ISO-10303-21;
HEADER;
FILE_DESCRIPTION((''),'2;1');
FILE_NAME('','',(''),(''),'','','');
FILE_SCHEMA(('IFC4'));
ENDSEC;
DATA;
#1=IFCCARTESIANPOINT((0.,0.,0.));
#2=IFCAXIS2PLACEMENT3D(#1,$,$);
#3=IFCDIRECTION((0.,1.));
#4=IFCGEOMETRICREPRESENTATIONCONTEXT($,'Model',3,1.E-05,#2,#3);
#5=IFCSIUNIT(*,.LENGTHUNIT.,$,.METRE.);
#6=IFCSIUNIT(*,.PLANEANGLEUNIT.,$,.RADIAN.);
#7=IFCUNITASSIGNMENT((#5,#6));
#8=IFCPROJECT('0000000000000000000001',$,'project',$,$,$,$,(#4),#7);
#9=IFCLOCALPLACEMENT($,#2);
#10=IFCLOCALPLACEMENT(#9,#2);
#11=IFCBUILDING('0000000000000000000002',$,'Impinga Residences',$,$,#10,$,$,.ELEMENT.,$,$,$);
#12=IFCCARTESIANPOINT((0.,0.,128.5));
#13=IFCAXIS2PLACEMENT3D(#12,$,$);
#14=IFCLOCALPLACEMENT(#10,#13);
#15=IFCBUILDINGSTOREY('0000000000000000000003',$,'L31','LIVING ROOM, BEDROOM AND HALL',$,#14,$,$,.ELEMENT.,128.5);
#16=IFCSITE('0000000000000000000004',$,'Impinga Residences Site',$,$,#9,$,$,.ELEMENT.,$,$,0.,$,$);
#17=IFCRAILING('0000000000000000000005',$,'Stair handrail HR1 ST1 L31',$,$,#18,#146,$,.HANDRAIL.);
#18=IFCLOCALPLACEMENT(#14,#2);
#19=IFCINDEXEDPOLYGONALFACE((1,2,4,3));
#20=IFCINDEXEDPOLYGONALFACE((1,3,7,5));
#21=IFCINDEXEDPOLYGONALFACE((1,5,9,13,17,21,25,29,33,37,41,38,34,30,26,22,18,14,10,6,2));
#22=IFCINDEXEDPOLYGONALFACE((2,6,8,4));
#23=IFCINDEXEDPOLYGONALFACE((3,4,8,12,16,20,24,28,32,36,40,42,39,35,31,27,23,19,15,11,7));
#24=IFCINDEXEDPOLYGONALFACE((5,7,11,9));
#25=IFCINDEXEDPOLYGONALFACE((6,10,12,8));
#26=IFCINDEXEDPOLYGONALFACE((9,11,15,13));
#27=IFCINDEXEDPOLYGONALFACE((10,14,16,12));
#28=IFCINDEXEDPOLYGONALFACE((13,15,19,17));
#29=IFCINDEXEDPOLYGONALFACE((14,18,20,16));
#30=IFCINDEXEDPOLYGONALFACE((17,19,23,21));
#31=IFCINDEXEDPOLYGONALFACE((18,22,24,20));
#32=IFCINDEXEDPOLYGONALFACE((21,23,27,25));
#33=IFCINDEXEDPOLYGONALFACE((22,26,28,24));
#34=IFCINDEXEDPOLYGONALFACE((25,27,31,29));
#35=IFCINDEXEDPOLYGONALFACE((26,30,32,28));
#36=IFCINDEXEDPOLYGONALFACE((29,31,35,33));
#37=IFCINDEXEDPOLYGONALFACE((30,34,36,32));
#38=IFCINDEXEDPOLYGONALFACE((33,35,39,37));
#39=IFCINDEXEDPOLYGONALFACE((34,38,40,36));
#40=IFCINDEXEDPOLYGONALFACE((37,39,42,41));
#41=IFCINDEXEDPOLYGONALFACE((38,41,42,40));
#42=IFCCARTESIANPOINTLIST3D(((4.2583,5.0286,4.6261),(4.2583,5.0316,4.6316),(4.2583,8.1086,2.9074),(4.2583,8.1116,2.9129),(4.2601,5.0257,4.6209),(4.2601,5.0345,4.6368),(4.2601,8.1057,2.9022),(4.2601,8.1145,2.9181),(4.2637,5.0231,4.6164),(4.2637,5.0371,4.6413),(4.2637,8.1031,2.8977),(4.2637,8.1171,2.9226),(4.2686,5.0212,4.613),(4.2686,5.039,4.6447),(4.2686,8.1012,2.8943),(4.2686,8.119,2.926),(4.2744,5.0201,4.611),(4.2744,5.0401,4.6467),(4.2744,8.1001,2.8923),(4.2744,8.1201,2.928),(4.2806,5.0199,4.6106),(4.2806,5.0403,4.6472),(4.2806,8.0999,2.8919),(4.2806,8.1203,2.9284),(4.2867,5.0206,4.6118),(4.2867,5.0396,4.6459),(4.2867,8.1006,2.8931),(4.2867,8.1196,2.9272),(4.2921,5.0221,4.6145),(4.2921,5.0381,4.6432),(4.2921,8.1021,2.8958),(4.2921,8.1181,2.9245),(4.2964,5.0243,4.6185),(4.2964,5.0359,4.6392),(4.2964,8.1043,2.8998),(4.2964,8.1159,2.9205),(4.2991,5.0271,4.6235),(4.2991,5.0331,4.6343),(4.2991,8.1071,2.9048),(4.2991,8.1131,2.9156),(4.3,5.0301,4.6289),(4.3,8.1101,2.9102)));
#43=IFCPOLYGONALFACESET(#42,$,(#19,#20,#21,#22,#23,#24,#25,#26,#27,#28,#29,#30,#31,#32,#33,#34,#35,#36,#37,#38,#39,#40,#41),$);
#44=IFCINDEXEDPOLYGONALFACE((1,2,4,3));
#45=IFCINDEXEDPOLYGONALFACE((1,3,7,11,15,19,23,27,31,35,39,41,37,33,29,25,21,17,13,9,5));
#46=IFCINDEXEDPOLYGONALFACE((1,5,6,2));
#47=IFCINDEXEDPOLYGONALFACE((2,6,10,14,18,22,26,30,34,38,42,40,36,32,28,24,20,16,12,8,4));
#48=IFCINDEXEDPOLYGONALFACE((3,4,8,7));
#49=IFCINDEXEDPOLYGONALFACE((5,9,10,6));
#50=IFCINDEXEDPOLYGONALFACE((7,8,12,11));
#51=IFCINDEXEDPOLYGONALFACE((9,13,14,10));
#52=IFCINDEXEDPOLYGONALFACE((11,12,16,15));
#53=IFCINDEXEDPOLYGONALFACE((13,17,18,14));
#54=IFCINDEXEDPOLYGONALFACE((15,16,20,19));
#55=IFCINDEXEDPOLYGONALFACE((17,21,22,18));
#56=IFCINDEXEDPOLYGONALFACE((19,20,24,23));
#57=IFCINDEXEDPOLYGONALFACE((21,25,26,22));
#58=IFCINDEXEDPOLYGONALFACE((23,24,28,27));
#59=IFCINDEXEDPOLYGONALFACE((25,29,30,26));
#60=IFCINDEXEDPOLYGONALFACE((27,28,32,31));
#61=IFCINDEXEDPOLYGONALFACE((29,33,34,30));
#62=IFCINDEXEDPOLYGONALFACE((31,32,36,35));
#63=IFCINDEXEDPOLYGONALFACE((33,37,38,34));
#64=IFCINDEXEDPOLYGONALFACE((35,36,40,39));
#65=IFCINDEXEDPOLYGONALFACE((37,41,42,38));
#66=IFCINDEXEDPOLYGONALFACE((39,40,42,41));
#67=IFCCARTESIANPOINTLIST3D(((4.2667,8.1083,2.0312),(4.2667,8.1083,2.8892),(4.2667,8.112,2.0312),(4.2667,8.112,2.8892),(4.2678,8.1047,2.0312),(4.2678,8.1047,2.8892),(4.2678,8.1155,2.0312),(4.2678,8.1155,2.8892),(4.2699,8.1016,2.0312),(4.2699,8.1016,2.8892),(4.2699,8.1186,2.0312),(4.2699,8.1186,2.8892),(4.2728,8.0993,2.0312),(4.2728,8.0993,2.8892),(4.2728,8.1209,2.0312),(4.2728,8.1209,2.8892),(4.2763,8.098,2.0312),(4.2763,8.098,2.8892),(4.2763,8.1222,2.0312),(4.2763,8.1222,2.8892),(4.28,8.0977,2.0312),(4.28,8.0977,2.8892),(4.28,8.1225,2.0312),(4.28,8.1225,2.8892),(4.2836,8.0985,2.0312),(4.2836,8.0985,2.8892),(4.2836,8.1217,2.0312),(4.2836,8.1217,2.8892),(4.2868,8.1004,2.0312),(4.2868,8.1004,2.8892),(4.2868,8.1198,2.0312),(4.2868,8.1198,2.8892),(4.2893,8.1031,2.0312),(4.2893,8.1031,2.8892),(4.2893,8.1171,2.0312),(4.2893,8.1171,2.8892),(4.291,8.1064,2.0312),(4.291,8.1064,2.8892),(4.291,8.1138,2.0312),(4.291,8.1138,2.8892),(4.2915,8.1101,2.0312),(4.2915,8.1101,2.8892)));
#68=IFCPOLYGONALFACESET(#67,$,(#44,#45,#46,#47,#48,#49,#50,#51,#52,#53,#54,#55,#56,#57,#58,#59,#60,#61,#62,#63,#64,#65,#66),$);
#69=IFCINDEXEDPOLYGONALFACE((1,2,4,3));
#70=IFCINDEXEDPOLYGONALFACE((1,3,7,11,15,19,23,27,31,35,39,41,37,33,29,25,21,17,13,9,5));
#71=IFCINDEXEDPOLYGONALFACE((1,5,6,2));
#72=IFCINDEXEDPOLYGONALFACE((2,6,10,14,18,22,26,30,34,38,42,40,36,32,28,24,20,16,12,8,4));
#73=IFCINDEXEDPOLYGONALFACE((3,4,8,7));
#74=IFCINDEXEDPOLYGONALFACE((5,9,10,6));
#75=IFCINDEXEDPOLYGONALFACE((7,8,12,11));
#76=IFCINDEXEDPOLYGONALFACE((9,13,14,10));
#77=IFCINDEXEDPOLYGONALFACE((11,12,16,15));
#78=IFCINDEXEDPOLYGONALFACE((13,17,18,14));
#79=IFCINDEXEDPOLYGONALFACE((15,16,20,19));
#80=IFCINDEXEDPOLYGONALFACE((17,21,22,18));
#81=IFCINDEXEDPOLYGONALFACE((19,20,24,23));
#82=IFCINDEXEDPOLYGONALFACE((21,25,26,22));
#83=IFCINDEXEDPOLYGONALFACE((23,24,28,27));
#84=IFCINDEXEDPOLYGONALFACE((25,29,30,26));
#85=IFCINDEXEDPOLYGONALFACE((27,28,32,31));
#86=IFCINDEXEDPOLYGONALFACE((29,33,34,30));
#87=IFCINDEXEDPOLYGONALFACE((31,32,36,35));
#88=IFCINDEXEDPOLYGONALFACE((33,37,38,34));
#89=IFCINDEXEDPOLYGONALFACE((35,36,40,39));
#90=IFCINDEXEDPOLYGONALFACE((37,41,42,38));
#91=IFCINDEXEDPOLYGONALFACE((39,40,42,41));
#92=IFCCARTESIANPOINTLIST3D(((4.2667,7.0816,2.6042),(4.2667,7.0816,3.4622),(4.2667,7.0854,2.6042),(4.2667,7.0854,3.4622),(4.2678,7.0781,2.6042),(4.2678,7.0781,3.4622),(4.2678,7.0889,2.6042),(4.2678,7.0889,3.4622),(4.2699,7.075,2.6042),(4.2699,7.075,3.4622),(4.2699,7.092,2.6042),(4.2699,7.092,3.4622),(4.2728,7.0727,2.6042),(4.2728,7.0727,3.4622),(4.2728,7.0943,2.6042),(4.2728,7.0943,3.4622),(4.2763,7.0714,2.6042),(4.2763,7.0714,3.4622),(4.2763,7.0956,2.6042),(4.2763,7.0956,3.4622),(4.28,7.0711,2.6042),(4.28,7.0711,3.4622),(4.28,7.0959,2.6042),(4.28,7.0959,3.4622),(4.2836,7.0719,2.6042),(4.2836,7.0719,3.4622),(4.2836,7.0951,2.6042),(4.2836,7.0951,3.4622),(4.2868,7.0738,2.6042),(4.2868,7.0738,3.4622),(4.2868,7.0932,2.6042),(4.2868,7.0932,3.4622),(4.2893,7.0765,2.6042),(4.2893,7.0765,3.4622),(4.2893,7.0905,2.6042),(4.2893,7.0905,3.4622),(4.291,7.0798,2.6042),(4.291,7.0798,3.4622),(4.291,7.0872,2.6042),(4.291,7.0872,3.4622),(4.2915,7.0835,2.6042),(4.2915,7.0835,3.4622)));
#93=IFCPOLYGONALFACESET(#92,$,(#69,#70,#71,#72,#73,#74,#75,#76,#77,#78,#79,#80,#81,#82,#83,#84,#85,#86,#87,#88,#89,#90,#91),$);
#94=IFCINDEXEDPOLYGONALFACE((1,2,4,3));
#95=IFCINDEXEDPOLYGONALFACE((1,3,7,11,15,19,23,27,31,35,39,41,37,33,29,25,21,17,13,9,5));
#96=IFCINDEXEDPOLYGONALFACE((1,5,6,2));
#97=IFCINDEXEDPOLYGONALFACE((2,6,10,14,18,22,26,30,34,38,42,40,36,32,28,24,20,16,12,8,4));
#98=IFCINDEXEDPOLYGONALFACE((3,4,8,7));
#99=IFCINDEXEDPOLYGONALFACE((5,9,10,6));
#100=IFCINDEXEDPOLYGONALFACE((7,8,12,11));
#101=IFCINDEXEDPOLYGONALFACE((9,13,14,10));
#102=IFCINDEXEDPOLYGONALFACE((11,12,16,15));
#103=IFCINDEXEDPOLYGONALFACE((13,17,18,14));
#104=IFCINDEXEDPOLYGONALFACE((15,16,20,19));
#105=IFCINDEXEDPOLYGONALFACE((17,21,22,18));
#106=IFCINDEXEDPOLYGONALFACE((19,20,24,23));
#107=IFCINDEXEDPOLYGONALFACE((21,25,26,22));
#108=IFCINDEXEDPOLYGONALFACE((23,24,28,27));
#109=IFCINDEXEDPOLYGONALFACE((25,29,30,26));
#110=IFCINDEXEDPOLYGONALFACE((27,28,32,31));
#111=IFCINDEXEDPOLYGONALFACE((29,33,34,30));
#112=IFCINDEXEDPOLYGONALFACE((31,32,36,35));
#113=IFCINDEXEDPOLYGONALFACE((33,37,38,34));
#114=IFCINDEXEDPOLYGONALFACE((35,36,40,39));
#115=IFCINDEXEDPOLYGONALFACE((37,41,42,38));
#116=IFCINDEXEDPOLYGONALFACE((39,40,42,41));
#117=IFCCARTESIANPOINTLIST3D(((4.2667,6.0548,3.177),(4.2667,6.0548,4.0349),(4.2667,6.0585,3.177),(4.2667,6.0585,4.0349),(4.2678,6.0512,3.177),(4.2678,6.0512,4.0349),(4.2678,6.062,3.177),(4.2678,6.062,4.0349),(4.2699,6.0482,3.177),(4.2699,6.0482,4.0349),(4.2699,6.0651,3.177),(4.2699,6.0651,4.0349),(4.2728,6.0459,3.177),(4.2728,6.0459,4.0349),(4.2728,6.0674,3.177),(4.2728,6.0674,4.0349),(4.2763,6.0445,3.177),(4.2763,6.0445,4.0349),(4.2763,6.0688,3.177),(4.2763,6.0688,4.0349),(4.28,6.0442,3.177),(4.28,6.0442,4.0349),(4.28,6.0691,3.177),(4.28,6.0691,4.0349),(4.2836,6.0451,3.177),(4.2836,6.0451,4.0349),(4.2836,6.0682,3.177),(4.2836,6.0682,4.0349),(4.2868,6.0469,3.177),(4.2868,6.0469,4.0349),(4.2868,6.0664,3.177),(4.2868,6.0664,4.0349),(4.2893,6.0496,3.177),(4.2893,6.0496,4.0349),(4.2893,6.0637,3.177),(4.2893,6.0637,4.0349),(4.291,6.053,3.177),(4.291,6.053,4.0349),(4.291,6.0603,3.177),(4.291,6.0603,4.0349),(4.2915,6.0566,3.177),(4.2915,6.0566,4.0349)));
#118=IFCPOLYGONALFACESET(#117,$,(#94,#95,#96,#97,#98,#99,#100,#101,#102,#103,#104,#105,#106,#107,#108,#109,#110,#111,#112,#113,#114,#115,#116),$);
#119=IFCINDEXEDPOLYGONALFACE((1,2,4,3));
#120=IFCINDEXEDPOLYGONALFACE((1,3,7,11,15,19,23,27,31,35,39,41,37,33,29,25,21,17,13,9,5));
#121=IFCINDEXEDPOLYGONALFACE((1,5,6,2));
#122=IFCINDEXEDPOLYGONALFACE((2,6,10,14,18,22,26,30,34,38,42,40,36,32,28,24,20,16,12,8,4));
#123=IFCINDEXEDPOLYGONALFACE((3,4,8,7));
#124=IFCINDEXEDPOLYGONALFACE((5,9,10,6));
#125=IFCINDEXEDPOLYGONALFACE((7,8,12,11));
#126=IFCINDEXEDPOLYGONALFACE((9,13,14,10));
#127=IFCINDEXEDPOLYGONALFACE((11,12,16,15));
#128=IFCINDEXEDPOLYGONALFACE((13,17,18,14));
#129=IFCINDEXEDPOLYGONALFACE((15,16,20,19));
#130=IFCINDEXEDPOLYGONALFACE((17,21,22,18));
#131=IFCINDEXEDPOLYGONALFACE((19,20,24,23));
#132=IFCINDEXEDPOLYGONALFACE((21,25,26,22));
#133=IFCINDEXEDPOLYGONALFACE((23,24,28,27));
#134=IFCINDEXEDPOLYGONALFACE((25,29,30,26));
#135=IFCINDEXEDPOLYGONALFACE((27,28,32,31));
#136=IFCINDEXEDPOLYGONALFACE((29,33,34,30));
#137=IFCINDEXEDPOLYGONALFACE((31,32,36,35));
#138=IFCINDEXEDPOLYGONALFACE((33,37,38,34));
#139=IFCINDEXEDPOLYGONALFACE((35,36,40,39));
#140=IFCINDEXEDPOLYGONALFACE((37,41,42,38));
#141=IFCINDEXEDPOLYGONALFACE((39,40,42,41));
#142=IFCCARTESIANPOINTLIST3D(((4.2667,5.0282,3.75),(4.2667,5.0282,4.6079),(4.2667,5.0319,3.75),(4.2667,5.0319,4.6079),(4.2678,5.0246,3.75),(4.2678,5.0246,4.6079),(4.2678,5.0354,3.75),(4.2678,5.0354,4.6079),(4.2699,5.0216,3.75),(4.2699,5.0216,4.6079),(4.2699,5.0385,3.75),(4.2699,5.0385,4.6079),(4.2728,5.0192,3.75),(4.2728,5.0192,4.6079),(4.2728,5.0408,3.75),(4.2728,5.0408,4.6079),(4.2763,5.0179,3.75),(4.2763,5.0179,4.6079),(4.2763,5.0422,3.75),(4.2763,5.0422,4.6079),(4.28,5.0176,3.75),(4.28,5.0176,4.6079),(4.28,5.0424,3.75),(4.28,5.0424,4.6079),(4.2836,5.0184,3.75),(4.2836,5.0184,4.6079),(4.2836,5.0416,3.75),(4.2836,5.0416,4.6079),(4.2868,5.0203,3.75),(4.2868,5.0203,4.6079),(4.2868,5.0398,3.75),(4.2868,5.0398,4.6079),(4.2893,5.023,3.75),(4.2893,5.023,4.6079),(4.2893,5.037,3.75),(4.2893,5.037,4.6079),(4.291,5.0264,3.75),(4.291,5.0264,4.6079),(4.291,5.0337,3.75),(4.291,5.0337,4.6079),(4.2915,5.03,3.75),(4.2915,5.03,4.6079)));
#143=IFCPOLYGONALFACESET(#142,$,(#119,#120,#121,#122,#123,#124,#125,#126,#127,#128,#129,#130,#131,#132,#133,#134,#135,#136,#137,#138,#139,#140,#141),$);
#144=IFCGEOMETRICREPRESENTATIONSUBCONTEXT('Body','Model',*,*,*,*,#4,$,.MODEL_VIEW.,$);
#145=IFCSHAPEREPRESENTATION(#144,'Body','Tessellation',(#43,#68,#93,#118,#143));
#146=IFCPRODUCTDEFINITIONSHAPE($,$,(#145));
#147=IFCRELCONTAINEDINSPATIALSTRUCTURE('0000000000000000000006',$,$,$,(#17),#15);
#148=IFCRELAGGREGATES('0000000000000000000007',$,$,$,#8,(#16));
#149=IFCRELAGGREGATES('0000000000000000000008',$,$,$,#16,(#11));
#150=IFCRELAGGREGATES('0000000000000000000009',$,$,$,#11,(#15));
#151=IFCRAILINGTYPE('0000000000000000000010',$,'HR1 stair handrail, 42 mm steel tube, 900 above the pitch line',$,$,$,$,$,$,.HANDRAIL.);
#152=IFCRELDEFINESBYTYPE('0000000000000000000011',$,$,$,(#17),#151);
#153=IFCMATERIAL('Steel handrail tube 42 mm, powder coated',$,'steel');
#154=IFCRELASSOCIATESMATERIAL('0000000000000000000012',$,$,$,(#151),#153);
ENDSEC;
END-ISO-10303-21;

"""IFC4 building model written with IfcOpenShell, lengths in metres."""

from ifc_helpers import new_model, si_unit, direction, frame, origin, origin_2d, place, context, subcontext, project, spatial, circle, extrude, material, type_object, element, save


model = new_model("IFC4")

# Units and contexts
model_context = context("Model", 3, precision=1e-05, world=origin(), true_north=direction((0.0, 1.0)))
body_context = subcontext(model_context, "Body", "Model", "MODEL_VIEW")
ifc_project = project(units=[si_unit("LENGTHUNIT", "METRE"), si_unit("PLANEANGLEUNIT", "RADIAN")], contexts=[model_context])

# Site, building, storey
site_placement = place(None, origin())
site = spatial("IfcSite", under=ifc_project, at=site_placement, Name="Impinga Residences Site", CompositionType="ELEMENT", RefElevation=0.0)
building_placement = place(site_placement, origin())
building = spatial("IfcBuilding", under=site, at=building_placement, Name="Impinga Residences", CompositionType="ELEMENT")
storey_placement = place(building_placement, frame((0.0, 0.0, 128.5)))
storey = spatial("IfcBuildingStorey", under=building, at=storey_placement, Name="L31", Description="LIVING ROOM, BEDROOM AND HALL", CompositionType="ELEMENT", Elevation=128.5)

# Railing
ifc_material_1 = material(Name="Steel handrail tube 42 mm, powder coated", Category="steel")
railing_type = type_object("IfcRailingType", Name="HR1 stair handrail, 42 mm steel tube, 900 above the pitch line", PredefinedType="HANDRAIL", material=ifc_material_1)
railing_placement = place(storey_placement, frame((4.2791, 8.1101, 2.0312)))
element("IfcRailing", 1, at=railing_placement, inside=storey, type_object=railing_type, Name="Stair handrail HR1 ST1 L31", PredefinedType="HANDRAIL", context=body_context, shape_type="SweptSolid", body=[
    extrude(circle(Radius=0.021, at=origin_2d()), frame((0.0, 0.0, 0.8789), z_axis=(0.0, -0.873242, 0.487288), x_axis=(1.0, 0.0, 0.0)), (0.0, 0.0, 1.0), 3.5271),
    extrude(circle(Radius=0.0125, at=origin_2d()), origin(), (0.0, 0.0, 1.0), 0.8579),
    extrude(circle(Radius=0.0125, at=origin_2d()), frame((0.0, -1.0266, 0.573)), (0.0, 0.0, 1.0), 0.8579),
    extrude(circle(Radius=0.0125, at=origin_2d()), frame((0.0, -2.0535, 1.1458)), (0.0, 0.0, 1.0), 0.8579),
    extrude(circle(Radius=0.0125, at=origin_2d()), frame((0.0, -3.0801, 1.7188)), (0.0, 0.0, 1.0), 0.8579),
])

save(model, "model.ifc")
